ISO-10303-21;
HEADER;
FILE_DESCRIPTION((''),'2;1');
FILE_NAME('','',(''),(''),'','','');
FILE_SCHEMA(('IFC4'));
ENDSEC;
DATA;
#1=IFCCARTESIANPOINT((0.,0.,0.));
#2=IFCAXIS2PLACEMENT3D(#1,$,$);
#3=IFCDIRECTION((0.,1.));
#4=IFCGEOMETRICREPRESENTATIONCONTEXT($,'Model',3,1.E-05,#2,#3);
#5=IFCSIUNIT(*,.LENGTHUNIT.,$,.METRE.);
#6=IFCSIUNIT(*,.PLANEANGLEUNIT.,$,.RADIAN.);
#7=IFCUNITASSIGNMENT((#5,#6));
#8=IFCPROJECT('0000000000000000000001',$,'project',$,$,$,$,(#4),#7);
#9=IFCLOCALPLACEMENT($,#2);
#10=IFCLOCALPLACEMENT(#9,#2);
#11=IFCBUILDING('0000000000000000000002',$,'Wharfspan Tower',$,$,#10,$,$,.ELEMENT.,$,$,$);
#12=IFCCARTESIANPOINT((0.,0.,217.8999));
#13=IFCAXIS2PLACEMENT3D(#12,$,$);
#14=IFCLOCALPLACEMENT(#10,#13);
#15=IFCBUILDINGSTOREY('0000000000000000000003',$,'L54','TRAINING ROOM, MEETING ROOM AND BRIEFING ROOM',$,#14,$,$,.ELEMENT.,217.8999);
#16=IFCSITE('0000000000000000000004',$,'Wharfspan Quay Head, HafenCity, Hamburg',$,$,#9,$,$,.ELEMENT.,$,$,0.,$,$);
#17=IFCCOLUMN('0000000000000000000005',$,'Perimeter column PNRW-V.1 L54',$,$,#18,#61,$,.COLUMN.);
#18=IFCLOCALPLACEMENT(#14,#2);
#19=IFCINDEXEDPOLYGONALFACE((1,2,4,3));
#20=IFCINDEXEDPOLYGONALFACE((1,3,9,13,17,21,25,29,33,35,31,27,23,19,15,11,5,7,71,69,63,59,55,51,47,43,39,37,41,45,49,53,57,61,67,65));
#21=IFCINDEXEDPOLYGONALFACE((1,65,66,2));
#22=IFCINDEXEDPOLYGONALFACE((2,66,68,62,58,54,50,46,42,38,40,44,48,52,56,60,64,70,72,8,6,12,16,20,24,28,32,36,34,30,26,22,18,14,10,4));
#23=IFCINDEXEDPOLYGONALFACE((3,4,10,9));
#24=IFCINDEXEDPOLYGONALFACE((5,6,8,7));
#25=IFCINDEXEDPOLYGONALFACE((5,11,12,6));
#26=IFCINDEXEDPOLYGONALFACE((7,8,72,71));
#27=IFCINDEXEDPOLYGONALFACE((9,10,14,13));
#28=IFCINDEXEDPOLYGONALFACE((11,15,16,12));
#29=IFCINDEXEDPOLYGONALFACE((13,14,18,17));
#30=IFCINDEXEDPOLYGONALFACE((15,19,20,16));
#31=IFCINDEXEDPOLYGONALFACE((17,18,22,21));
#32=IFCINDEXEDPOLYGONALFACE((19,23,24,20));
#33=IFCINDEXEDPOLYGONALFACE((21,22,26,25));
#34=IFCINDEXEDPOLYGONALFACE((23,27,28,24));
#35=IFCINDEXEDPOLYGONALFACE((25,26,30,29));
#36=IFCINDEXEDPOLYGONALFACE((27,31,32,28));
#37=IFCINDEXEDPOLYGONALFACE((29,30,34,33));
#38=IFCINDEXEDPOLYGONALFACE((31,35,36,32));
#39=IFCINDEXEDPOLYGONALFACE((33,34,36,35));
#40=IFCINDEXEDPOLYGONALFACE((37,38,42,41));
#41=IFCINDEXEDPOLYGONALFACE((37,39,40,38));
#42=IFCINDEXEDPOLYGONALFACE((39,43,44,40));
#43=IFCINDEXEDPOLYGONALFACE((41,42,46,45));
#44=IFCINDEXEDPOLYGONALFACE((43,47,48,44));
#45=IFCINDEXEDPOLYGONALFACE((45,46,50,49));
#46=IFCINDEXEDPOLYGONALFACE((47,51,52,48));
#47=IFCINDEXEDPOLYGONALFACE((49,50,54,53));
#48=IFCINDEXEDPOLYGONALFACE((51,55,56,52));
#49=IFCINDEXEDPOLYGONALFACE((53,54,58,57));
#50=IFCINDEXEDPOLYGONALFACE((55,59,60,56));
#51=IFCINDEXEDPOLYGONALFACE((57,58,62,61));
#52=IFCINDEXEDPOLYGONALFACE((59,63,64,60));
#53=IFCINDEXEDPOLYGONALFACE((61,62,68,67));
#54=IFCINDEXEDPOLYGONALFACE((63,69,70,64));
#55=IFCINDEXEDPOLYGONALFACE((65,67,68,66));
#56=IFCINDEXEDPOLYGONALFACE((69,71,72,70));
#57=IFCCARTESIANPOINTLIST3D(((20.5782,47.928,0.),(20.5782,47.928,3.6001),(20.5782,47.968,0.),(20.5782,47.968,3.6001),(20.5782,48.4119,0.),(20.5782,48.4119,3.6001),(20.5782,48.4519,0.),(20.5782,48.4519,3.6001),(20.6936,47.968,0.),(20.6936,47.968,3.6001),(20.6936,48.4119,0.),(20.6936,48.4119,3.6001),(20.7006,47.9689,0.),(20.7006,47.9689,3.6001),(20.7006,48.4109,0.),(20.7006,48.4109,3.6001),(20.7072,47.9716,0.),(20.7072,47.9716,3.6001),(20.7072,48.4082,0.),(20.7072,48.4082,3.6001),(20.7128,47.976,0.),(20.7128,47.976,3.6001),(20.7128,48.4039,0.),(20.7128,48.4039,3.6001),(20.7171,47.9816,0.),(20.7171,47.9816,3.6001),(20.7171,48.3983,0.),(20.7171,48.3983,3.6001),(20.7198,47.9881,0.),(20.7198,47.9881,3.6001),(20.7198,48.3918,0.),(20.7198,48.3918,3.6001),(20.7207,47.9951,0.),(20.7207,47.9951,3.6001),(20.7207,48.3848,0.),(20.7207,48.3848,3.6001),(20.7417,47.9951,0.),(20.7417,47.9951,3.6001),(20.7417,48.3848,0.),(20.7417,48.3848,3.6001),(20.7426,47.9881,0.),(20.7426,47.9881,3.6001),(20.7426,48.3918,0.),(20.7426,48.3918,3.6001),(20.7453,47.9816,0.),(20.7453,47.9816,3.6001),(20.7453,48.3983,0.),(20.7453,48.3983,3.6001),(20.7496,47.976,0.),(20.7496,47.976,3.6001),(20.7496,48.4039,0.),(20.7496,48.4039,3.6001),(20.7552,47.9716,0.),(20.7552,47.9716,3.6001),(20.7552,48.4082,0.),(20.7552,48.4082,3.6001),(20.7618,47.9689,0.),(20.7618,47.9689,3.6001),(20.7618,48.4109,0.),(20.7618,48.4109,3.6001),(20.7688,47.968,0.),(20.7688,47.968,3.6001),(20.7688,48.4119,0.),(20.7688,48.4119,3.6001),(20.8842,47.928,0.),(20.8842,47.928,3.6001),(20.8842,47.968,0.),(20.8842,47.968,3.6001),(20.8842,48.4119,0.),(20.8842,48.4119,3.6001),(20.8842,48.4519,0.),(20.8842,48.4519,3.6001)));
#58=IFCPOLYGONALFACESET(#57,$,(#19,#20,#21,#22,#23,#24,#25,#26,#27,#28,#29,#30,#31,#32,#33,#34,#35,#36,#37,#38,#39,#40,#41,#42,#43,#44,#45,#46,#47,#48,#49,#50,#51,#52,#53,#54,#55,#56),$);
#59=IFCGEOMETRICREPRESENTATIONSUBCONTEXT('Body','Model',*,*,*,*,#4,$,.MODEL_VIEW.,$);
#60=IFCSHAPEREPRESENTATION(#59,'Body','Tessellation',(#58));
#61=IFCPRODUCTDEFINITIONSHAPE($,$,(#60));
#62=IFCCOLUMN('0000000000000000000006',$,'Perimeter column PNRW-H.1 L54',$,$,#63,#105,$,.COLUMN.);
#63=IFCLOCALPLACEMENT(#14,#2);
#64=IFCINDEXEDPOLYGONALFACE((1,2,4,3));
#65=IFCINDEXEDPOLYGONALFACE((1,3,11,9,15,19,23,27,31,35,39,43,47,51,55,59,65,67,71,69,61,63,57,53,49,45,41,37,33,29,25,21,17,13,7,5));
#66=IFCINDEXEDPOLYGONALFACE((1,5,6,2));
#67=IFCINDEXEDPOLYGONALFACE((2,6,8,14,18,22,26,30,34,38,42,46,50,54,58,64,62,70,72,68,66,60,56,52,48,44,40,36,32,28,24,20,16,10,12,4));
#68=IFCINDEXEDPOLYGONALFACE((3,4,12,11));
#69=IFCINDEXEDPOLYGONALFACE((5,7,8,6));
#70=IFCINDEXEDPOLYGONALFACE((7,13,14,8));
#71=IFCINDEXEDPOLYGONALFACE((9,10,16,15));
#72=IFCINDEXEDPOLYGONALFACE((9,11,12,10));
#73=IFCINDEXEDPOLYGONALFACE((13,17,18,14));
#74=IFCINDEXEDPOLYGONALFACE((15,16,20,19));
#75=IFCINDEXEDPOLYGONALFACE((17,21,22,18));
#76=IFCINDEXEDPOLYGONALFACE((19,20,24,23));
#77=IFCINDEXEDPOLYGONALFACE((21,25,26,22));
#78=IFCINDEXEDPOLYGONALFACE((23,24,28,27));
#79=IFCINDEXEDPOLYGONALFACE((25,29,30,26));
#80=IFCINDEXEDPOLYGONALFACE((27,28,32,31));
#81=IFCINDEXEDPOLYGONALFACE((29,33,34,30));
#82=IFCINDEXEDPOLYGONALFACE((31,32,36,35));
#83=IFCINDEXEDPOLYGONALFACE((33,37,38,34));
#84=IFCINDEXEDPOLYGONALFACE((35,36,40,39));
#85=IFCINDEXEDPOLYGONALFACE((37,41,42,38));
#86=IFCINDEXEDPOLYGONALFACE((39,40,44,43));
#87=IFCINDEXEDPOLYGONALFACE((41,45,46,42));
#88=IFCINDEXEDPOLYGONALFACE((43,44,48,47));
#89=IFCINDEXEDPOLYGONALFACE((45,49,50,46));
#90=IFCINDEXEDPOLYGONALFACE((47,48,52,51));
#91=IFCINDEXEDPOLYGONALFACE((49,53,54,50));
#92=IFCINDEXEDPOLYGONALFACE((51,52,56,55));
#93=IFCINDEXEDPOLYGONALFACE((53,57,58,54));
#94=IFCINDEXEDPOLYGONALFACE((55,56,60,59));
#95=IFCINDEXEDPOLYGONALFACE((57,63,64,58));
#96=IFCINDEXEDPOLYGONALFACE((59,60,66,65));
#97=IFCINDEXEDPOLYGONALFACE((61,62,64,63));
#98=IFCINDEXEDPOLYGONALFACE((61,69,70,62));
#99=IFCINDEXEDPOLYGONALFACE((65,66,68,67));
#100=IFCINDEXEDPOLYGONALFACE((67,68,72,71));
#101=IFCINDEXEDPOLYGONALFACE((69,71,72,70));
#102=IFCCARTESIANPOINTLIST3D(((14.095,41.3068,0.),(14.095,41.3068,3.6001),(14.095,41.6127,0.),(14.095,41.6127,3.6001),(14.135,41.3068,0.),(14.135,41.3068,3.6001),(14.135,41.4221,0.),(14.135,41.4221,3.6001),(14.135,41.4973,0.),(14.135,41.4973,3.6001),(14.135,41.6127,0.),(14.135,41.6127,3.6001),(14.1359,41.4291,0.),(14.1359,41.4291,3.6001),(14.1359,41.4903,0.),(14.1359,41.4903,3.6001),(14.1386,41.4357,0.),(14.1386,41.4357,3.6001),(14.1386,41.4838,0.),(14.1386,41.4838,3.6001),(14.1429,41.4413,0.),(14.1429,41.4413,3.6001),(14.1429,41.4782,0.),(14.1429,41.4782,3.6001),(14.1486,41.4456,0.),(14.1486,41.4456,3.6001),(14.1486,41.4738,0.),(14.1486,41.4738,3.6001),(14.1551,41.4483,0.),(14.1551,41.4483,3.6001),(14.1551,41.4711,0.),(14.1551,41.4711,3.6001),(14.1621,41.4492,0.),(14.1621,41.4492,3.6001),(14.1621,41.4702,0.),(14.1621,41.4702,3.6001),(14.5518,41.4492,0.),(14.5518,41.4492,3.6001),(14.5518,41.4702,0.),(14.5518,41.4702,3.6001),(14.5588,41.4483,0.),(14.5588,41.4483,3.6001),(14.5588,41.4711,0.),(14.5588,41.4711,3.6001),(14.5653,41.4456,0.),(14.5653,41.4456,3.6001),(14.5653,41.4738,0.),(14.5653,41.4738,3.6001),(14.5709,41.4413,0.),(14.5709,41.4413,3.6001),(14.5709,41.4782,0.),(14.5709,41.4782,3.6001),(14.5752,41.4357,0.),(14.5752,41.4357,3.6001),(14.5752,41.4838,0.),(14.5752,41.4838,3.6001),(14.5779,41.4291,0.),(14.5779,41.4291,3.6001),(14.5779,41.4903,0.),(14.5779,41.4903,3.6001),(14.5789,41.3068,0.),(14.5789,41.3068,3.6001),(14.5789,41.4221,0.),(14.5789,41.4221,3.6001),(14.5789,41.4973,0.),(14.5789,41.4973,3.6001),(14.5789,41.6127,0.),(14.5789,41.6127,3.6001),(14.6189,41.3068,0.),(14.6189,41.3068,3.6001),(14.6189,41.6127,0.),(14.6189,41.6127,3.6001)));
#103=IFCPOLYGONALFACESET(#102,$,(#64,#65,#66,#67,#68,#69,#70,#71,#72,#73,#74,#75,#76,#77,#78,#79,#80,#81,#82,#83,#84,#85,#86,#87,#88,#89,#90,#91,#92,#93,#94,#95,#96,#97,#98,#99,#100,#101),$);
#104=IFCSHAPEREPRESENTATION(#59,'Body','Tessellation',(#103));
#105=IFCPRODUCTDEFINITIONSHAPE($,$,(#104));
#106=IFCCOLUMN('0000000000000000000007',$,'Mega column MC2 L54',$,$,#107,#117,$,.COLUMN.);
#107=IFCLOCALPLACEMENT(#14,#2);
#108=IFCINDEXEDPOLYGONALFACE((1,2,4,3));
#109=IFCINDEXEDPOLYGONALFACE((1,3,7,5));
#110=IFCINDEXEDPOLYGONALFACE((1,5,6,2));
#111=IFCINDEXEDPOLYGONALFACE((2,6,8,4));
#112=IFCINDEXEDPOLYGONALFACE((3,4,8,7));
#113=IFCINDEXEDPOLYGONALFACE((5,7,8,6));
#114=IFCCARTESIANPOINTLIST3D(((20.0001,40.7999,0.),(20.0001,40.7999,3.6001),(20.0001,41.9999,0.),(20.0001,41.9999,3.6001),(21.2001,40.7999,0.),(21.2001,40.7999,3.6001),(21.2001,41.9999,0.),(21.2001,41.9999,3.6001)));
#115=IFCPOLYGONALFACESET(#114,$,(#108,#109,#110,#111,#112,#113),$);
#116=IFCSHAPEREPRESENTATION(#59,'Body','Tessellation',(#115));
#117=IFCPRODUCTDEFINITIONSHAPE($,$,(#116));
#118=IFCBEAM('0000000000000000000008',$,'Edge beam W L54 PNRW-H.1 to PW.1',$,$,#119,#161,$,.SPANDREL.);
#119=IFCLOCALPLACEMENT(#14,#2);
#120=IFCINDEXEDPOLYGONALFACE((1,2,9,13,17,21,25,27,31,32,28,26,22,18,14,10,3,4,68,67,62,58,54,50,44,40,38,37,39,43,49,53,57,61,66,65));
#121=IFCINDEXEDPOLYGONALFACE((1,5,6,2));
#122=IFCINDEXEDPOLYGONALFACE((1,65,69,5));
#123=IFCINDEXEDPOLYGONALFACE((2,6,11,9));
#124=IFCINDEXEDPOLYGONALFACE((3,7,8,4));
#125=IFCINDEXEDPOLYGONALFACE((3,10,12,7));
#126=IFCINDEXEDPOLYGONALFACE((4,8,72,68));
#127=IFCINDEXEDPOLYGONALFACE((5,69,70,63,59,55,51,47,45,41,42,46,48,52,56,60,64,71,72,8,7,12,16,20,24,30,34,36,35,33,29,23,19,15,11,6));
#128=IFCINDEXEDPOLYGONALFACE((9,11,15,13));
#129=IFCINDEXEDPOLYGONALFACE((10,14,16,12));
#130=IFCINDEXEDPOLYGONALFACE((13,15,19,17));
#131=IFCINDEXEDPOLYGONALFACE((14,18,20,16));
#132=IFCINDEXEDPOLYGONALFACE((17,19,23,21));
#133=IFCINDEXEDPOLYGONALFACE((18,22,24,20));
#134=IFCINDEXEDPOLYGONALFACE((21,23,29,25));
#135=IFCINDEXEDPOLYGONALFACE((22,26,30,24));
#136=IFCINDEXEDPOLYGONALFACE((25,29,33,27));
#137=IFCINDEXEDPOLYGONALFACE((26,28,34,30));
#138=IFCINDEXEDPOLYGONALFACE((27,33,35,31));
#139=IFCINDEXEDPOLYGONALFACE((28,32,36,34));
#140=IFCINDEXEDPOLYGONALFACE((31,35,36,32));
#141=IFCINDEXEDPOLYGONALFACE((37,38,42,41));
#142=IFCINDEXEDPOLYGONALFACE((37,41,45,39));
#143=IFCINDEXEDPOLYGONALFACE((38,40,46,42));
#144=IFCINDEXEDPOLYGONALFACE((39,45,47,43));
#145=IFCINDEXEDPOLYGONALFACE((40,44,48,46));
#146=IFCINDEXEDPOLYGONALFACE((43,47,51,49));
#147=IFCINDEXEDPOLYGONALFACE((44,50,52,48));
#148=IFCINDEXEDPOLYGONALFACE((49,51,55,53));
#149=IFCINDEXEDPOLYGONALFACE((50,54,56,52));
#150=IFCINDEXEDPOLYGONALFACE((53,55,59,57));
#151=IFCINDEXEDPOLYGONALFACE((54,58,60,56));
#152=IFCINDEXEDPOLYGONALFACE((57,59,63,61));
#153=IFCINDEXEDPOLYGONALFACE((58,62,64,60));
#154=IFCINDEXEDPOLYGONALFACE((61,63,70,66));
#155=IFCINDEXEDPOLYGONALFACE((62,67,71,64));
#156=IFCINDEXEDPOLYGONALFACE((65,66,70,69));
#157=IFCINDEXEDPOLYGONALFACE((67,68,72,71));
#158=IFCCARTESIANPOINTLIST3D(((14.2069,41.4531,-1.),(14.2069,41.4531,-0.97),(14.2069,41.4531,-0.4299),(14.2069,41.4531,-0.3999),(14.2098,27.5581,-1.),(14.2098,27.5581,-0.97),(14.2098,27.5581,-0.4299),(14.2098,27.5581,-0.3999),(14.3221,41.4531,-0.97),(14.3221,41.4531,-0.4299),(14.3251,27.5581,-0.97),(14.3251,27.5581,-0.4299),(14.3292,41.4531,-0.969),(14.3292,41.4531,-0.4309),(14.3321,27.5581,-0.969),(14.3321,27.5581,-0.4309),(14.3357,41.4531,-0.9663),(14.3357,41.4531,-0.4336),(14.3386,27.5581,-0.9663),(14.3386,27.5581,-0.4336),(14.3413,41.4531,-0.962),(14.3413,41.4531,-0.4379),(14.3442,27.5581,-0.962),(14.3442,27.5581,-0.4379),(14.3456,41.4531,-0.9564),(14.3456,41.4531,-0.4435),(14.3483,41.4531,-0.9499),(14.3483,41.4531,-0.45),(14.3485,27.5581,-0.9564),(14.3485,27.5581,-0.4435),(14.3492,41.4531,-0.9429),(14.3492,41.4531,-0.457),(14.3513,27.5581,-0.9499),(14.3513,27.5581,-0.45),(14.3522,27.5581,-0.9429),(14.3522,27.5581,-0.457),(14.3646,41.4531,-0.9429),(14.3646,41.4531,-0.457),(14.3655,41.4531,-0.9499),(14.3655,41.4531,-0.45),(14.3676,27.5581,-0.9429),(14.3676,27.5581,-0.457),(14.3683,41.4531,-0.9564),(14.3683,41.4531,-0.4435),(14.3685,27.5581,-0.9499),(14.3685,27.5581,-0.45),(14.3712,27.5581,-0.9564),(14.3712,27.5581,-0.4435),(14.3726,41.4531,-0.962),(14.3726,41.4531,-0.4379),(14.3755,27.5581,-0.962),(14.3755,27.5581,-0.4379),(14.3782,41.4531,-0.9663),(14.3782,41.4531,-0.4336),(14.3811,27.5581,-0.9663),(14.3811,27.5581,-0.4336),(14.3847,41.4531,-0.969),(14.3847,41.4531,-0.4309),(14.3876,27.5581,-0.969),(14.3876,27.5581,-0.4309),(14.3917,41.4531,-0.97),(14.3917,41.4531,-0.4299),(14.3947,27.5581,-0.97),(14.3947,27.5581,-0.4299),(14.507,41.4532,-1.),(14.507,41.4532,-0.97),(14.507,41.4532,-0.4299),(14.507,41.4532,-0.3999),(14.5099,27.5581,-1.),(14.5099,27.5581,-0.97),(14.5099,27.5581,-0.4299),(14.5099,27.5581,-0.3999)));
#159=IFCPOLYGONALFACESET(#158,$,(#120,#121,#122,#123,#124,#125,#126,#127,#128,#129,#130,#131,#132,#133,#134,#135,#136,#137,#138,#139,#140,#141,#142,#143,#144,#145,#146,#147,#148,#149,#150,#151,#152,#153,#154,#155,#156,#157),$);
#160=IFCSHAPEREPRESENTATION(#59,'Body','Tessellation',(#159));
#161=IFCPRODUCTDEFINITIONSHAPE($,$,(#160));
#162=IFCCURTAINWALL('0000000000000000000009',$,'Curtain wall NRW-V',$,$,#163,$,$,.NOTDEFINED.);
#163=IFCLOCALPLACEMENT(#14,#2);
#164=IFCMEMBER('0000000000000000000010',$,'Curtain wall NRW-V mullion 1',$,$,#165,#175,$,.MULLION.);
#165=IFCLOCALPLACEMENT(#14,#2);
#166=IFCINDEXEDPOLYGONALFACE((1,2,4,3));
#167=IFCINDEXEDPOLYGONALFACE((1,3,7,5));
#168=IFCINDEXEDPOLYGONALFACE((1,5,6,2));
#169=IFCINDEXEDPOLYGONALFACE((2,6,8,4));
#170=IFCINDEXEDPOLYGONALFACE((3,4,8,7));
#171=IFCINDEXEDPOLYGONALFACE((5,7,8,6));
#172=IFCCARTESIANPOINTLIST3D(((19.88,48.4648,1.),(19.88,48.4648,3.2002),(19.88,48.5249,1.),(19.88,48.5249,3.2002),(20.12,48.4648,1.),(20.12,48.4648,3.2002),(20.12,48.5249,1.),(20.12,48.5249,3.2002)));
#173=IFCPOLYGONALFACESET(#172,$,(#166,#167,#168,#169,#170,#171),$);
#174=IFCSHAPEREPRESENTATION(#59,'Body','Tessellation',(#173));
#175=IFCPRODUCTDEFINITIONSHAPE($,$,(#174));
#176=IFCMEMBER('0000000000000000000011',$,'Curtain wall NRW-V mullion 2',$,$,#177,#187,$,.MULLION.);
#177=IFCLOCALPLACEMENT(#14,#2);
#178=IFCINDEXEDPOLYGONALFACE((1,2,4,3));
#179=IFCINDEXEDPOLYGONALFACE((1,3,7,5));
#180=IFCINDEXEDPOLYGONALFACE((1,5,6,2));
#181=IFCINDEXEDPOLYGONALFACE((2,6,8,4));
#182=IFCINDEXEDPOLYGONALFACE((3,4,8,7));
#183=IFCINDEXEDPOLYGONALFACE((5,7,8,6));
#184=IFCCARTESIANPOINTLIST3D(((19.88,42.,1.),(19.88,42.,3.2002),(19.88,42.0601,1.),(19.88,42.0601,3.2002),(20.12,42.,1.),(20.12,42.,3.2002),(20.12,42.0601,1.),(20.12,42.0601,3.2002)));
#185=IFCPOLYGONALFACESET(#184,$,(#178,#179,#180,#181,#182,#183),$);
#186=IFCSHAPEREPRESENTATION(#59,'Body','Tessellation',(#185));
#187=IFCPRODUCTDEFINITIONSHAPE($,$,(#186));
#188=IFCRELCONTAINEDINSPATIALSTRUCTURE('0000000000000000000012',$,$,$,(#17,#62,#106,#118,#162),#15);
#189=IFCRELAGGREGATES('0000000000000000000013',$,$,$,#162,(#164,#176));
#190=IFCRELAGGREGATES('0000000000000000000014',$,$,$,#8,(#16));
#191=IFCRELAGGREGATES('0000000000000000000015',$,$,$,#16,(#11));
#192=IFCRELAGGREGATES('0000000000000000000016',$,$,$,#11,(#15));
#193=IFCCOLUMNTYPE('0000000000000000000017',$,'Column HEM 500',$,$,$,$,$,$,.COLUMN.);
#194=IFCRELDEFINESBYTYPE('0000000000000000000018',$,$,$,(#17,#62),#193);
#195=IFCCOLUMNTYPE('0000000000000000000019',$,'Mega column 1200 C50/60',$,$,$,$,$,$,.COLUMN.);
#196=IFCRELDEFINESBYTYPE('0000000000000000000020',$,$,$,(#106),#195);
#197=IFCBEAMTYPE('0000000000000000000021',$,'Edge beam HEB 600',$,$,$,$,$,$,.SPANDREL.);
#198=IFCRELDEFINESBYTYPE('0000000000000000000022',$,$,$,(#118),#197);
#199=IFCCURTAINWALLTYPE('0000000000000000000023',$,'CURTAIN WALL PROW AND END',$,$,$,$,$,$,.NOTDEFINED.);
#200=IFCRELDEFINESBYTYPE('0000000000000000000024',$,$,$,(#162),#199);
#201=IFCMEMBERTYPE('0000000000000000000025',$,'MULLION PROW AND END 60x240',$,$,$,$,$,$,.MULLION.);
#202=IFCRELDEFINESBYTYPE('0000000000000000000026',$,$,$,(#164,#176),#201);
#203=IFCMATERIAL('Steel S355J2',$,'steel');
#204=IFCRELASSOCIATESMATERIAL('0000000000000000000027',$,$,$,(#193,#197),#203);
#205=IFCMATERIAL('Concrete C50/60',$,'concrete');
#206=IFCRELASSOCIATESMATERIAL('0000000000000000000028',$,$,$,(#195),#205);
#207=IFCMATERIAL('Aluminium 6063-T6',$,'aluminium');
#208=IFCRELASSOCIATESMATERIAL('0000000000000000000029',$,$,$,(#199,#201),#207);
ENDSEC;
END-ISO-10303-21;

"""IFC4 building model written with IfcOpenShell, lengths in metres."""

from ifc_helpers import new_model, si_unit, direction, frame, origin, origin_2d, place, context, subcontext, project, spatial, rectangle, i_section, extrude, material, material_profile, profile_set, type_object, element, aggregate, save


model = new_model("IFC4")

# Units and contexts
model_context = context("Model", 3, precision=1e-05, world=origin(), true_north=direction((0.0, 1.0)))
body_context = subcontext(model_context, "Body", "Model", "MODEL_VIEW")
ifc_project = project(units=[si_unit("LENGTHUNIT", "METRE"), si_unit("PLANEANGLEUNIT", "RADIAN")], contexts=[model_context])

# Site, building, storey
site_placement = place(None, origin())
site = spatial("IfcSite", under=ifc_project, at=site_placement, Name="Wharfspan Quay Head, HafenCity, Hamburg", CompositionType="ELEMENT", RefElevation=0.0)
building_placement = place(site_placement, origin())
building = spatial("IfcBuilding", under=site, at=building_placement, Name="Wharfspan Tower", CompositionType="ELEMENT")
storey_placement = place(building_placement, frame((0.0, 0.0, 217.8999)))
storey = spatial("IfcBuildingStorey", under=building, at=storey_placement, Name="L54", Description="TRAINING ROOM, MEETING ROOM AND BRIEFING ROOM", CompositionType="ELEMENT", Elevation=217.8999)

# Columns
ifc_material_1 = material(Name="Steel S355J2", Category="steel")
ifc_material_profile_1 = material_profile(ifc_material_1, i_section(OverallWidth=0.3059, OverallDepth=0.5239, WebThickness=0.021, FlangeThickness=0.04, FilletRadius=0.0271, at=origin_2d()))
ifc_profile_set_1 = profile_set([ifc_material_profile_1], Name="Steel S355J2")
column_type_1 = type_object("IfcColumnType", Name="Column HEM 500", PredefinedType="COLUMN", material=ifc_profile_set_1)
for number, where, z_axis, x_axis, name in (
    (1, (20.7312, 48.1899, 0.0), (0.0, 0.0, 1.0), (-1.0, 0.0, 0.0), "Perimeter column PNRW-V.1 L54"),
    (2, (14.3569, 41.4597, 0.0), (0.0, 0.0, 1.0), (0.0, 1.0, 0.0), "Perimeter column PNRW-H.1 L54"),
):
    element("IfcColumn", number, at=place(storey_placement, frame(where, z_axis=z_axis, x_axis=x_axis)), inside=storey, type_object=column_type_1, Name=name, PredefinedType="COLUMN", context=body_context, shape_type="SweptSolid", body=[
        extrude(i_section(OverallWidth=0.3059, OverallDepth=0.5239, WebThickness=0.021, FlangeThickness=0.04, FilletRadius=0.0271, at=origin_2d()), origin(), (0.0, 0.0, 1.0), 3.6001),
    ])
ifc_material_2 = material(Name="Concrete C50/60", Category="concrete")
ifc_material_profile_2 = material_profile(ifc_material_2, rectangle(XDim=1.2, YDim=1.2, at=origin_2d()))
ifc_profile_set_2 = profile_set([ifc_material_profile_2], Name="Concrete C50/60")
column_type_2 = type_object("IfcColumnType", Name="Mega column 1200 C50/60", PredefinedType="COLUMN", material=ifc_profile_set_2)
column_placement = place(storey_placement, frame((20.6001, 41.3999, 0.0), z_axis=(0.0, 0.0, 1.0), x_axis=(1.0, 0.0, 0.0)))
element("IfcColumn", 3, at=column_placement, inside=storey, type_object=column_type_2, Name="Mega column MC2 L54", PredefinedType="COLUMN", context=body_context, shape_type="SweptSolid", body=[
    extrude(rectangle(XDim=1.2, YDim=1.2, at=origin_2d()), origin(), (0.0, 0.0, 1.0), 3.6001),
])

# Beam
ifc_material_profile_3 = material_profile(ifc_material_1, i_section(OverallWidth=0.3, OverallDepth=0.6001, WebThickness=0.0154, FlangeThickness=0.03, FilletRadius=0.0271, at=origin_2d()))
ifc_profile_set_3 = profile_set([ifc_material_profile_3], Name="Steel S355J2")
beam_type = type_object("IfcBeamType", Name="Edge beam HEB 600", PredefinedType="SPANDREL", material=ifc_profile_set_3)
beam_placement = place(storey_placement, frame((14.3569, 41.4531, -0.7), z_axis=(0.000211, -1.0, 0.0), x_axis=(1.0, 0.000211, 0.0)))
element("IfcBeam", 4, at=beam_placement, inside=storey, type_object=beam_type, Name="Edge beam W L54 PNRW-H.1 to PW.1", PredefinedType="SPANDREL", context=body_context, shape_type="SweptSolid", body=[
    extrude(i_section(OverallWidth=0.3, OverallDepth=0.6001, WebThickness=0.0154, FlangeThickness=0.03, FilletRadius=0.0271, at=origin_2d()), origin(), (0.0, 0.0, 1.0), 13.895),
])

# Curtain wall, members
ifc_material_3 = material(Name="Aluminium 6063-T6", Category="aluminium")
curtain_wall_type = type_object("IfcCurtainWallType", Name="CURTAIN WALL PROW AND END", PredefinedType="NOTDEFINED", material=ifc_material_3)
curtain_wall_1_placement = place(storey_placement, origin())
curtain_wall_1 = element("IfcCurtainWall", 5, at=curtain_wall_1_placement, inside=storey, type_object=curtain_wall_type, Name="Curtain wall NRW-V", PredefinedType="NOTDEFINED")
ifc_material_profile_4 = material_profile(ifc_material_3, rectangle(XDim=0.24, YDim=0.0601, at=origin_2d()))
ifc_profile_set_4 = profile_set([ifc_material_profile_4], Name="Aluminium 6063-T6")
member_type_1 = type_object("IfcMemberType", Name="MULLION PROW AND END 60x240", PredefinedType="MULLION", material=ifc_profile_set_4)
member_1_placement = place(storey_placement, frame((20.0, 48.4949, 1.0), z_axis=(0.0, 0.0, 1.0), x_axis=(1.0, 0.0, 0.0)))
member_1 = element("IfcMember", 6, at=member_1_placement, type_object=member_type_1, Name="Curtain wall NRW-V mullion 1", PredefinedType="MULLION", context=body_context, shape_type="SweptSolid", body=[
    extrude(rectangle(XDim=0.24, YDim=0.0601, at=origin_2d()), origin(), (0.0, 0.0, 1.0), 2.2002),
])
member_2_placement = place(storey_placement, frame((20.0, 42.03, 1.0), z_axis=(0.0, 0.0, 1.0), x_axis=(1.0, 0.0, 0.0)))
member_2 = element("IfcMember", 7, at=member_2_placement, type_object=member_type_1, Name="Curtain wall NRW-V mullion 2", PredefinedType="MULLION", context=body_context, shape_type="SweptSolid", body=[
    extrude(rectangle(XDim=0.24, YDim=0.0601, at=origin_2d()), origin(), (0.0, 0.0, 1.0), 2.2002),
])

aggregate(curtain_wall_1, [member_1, member_2])

save(model, "model.ifc")
